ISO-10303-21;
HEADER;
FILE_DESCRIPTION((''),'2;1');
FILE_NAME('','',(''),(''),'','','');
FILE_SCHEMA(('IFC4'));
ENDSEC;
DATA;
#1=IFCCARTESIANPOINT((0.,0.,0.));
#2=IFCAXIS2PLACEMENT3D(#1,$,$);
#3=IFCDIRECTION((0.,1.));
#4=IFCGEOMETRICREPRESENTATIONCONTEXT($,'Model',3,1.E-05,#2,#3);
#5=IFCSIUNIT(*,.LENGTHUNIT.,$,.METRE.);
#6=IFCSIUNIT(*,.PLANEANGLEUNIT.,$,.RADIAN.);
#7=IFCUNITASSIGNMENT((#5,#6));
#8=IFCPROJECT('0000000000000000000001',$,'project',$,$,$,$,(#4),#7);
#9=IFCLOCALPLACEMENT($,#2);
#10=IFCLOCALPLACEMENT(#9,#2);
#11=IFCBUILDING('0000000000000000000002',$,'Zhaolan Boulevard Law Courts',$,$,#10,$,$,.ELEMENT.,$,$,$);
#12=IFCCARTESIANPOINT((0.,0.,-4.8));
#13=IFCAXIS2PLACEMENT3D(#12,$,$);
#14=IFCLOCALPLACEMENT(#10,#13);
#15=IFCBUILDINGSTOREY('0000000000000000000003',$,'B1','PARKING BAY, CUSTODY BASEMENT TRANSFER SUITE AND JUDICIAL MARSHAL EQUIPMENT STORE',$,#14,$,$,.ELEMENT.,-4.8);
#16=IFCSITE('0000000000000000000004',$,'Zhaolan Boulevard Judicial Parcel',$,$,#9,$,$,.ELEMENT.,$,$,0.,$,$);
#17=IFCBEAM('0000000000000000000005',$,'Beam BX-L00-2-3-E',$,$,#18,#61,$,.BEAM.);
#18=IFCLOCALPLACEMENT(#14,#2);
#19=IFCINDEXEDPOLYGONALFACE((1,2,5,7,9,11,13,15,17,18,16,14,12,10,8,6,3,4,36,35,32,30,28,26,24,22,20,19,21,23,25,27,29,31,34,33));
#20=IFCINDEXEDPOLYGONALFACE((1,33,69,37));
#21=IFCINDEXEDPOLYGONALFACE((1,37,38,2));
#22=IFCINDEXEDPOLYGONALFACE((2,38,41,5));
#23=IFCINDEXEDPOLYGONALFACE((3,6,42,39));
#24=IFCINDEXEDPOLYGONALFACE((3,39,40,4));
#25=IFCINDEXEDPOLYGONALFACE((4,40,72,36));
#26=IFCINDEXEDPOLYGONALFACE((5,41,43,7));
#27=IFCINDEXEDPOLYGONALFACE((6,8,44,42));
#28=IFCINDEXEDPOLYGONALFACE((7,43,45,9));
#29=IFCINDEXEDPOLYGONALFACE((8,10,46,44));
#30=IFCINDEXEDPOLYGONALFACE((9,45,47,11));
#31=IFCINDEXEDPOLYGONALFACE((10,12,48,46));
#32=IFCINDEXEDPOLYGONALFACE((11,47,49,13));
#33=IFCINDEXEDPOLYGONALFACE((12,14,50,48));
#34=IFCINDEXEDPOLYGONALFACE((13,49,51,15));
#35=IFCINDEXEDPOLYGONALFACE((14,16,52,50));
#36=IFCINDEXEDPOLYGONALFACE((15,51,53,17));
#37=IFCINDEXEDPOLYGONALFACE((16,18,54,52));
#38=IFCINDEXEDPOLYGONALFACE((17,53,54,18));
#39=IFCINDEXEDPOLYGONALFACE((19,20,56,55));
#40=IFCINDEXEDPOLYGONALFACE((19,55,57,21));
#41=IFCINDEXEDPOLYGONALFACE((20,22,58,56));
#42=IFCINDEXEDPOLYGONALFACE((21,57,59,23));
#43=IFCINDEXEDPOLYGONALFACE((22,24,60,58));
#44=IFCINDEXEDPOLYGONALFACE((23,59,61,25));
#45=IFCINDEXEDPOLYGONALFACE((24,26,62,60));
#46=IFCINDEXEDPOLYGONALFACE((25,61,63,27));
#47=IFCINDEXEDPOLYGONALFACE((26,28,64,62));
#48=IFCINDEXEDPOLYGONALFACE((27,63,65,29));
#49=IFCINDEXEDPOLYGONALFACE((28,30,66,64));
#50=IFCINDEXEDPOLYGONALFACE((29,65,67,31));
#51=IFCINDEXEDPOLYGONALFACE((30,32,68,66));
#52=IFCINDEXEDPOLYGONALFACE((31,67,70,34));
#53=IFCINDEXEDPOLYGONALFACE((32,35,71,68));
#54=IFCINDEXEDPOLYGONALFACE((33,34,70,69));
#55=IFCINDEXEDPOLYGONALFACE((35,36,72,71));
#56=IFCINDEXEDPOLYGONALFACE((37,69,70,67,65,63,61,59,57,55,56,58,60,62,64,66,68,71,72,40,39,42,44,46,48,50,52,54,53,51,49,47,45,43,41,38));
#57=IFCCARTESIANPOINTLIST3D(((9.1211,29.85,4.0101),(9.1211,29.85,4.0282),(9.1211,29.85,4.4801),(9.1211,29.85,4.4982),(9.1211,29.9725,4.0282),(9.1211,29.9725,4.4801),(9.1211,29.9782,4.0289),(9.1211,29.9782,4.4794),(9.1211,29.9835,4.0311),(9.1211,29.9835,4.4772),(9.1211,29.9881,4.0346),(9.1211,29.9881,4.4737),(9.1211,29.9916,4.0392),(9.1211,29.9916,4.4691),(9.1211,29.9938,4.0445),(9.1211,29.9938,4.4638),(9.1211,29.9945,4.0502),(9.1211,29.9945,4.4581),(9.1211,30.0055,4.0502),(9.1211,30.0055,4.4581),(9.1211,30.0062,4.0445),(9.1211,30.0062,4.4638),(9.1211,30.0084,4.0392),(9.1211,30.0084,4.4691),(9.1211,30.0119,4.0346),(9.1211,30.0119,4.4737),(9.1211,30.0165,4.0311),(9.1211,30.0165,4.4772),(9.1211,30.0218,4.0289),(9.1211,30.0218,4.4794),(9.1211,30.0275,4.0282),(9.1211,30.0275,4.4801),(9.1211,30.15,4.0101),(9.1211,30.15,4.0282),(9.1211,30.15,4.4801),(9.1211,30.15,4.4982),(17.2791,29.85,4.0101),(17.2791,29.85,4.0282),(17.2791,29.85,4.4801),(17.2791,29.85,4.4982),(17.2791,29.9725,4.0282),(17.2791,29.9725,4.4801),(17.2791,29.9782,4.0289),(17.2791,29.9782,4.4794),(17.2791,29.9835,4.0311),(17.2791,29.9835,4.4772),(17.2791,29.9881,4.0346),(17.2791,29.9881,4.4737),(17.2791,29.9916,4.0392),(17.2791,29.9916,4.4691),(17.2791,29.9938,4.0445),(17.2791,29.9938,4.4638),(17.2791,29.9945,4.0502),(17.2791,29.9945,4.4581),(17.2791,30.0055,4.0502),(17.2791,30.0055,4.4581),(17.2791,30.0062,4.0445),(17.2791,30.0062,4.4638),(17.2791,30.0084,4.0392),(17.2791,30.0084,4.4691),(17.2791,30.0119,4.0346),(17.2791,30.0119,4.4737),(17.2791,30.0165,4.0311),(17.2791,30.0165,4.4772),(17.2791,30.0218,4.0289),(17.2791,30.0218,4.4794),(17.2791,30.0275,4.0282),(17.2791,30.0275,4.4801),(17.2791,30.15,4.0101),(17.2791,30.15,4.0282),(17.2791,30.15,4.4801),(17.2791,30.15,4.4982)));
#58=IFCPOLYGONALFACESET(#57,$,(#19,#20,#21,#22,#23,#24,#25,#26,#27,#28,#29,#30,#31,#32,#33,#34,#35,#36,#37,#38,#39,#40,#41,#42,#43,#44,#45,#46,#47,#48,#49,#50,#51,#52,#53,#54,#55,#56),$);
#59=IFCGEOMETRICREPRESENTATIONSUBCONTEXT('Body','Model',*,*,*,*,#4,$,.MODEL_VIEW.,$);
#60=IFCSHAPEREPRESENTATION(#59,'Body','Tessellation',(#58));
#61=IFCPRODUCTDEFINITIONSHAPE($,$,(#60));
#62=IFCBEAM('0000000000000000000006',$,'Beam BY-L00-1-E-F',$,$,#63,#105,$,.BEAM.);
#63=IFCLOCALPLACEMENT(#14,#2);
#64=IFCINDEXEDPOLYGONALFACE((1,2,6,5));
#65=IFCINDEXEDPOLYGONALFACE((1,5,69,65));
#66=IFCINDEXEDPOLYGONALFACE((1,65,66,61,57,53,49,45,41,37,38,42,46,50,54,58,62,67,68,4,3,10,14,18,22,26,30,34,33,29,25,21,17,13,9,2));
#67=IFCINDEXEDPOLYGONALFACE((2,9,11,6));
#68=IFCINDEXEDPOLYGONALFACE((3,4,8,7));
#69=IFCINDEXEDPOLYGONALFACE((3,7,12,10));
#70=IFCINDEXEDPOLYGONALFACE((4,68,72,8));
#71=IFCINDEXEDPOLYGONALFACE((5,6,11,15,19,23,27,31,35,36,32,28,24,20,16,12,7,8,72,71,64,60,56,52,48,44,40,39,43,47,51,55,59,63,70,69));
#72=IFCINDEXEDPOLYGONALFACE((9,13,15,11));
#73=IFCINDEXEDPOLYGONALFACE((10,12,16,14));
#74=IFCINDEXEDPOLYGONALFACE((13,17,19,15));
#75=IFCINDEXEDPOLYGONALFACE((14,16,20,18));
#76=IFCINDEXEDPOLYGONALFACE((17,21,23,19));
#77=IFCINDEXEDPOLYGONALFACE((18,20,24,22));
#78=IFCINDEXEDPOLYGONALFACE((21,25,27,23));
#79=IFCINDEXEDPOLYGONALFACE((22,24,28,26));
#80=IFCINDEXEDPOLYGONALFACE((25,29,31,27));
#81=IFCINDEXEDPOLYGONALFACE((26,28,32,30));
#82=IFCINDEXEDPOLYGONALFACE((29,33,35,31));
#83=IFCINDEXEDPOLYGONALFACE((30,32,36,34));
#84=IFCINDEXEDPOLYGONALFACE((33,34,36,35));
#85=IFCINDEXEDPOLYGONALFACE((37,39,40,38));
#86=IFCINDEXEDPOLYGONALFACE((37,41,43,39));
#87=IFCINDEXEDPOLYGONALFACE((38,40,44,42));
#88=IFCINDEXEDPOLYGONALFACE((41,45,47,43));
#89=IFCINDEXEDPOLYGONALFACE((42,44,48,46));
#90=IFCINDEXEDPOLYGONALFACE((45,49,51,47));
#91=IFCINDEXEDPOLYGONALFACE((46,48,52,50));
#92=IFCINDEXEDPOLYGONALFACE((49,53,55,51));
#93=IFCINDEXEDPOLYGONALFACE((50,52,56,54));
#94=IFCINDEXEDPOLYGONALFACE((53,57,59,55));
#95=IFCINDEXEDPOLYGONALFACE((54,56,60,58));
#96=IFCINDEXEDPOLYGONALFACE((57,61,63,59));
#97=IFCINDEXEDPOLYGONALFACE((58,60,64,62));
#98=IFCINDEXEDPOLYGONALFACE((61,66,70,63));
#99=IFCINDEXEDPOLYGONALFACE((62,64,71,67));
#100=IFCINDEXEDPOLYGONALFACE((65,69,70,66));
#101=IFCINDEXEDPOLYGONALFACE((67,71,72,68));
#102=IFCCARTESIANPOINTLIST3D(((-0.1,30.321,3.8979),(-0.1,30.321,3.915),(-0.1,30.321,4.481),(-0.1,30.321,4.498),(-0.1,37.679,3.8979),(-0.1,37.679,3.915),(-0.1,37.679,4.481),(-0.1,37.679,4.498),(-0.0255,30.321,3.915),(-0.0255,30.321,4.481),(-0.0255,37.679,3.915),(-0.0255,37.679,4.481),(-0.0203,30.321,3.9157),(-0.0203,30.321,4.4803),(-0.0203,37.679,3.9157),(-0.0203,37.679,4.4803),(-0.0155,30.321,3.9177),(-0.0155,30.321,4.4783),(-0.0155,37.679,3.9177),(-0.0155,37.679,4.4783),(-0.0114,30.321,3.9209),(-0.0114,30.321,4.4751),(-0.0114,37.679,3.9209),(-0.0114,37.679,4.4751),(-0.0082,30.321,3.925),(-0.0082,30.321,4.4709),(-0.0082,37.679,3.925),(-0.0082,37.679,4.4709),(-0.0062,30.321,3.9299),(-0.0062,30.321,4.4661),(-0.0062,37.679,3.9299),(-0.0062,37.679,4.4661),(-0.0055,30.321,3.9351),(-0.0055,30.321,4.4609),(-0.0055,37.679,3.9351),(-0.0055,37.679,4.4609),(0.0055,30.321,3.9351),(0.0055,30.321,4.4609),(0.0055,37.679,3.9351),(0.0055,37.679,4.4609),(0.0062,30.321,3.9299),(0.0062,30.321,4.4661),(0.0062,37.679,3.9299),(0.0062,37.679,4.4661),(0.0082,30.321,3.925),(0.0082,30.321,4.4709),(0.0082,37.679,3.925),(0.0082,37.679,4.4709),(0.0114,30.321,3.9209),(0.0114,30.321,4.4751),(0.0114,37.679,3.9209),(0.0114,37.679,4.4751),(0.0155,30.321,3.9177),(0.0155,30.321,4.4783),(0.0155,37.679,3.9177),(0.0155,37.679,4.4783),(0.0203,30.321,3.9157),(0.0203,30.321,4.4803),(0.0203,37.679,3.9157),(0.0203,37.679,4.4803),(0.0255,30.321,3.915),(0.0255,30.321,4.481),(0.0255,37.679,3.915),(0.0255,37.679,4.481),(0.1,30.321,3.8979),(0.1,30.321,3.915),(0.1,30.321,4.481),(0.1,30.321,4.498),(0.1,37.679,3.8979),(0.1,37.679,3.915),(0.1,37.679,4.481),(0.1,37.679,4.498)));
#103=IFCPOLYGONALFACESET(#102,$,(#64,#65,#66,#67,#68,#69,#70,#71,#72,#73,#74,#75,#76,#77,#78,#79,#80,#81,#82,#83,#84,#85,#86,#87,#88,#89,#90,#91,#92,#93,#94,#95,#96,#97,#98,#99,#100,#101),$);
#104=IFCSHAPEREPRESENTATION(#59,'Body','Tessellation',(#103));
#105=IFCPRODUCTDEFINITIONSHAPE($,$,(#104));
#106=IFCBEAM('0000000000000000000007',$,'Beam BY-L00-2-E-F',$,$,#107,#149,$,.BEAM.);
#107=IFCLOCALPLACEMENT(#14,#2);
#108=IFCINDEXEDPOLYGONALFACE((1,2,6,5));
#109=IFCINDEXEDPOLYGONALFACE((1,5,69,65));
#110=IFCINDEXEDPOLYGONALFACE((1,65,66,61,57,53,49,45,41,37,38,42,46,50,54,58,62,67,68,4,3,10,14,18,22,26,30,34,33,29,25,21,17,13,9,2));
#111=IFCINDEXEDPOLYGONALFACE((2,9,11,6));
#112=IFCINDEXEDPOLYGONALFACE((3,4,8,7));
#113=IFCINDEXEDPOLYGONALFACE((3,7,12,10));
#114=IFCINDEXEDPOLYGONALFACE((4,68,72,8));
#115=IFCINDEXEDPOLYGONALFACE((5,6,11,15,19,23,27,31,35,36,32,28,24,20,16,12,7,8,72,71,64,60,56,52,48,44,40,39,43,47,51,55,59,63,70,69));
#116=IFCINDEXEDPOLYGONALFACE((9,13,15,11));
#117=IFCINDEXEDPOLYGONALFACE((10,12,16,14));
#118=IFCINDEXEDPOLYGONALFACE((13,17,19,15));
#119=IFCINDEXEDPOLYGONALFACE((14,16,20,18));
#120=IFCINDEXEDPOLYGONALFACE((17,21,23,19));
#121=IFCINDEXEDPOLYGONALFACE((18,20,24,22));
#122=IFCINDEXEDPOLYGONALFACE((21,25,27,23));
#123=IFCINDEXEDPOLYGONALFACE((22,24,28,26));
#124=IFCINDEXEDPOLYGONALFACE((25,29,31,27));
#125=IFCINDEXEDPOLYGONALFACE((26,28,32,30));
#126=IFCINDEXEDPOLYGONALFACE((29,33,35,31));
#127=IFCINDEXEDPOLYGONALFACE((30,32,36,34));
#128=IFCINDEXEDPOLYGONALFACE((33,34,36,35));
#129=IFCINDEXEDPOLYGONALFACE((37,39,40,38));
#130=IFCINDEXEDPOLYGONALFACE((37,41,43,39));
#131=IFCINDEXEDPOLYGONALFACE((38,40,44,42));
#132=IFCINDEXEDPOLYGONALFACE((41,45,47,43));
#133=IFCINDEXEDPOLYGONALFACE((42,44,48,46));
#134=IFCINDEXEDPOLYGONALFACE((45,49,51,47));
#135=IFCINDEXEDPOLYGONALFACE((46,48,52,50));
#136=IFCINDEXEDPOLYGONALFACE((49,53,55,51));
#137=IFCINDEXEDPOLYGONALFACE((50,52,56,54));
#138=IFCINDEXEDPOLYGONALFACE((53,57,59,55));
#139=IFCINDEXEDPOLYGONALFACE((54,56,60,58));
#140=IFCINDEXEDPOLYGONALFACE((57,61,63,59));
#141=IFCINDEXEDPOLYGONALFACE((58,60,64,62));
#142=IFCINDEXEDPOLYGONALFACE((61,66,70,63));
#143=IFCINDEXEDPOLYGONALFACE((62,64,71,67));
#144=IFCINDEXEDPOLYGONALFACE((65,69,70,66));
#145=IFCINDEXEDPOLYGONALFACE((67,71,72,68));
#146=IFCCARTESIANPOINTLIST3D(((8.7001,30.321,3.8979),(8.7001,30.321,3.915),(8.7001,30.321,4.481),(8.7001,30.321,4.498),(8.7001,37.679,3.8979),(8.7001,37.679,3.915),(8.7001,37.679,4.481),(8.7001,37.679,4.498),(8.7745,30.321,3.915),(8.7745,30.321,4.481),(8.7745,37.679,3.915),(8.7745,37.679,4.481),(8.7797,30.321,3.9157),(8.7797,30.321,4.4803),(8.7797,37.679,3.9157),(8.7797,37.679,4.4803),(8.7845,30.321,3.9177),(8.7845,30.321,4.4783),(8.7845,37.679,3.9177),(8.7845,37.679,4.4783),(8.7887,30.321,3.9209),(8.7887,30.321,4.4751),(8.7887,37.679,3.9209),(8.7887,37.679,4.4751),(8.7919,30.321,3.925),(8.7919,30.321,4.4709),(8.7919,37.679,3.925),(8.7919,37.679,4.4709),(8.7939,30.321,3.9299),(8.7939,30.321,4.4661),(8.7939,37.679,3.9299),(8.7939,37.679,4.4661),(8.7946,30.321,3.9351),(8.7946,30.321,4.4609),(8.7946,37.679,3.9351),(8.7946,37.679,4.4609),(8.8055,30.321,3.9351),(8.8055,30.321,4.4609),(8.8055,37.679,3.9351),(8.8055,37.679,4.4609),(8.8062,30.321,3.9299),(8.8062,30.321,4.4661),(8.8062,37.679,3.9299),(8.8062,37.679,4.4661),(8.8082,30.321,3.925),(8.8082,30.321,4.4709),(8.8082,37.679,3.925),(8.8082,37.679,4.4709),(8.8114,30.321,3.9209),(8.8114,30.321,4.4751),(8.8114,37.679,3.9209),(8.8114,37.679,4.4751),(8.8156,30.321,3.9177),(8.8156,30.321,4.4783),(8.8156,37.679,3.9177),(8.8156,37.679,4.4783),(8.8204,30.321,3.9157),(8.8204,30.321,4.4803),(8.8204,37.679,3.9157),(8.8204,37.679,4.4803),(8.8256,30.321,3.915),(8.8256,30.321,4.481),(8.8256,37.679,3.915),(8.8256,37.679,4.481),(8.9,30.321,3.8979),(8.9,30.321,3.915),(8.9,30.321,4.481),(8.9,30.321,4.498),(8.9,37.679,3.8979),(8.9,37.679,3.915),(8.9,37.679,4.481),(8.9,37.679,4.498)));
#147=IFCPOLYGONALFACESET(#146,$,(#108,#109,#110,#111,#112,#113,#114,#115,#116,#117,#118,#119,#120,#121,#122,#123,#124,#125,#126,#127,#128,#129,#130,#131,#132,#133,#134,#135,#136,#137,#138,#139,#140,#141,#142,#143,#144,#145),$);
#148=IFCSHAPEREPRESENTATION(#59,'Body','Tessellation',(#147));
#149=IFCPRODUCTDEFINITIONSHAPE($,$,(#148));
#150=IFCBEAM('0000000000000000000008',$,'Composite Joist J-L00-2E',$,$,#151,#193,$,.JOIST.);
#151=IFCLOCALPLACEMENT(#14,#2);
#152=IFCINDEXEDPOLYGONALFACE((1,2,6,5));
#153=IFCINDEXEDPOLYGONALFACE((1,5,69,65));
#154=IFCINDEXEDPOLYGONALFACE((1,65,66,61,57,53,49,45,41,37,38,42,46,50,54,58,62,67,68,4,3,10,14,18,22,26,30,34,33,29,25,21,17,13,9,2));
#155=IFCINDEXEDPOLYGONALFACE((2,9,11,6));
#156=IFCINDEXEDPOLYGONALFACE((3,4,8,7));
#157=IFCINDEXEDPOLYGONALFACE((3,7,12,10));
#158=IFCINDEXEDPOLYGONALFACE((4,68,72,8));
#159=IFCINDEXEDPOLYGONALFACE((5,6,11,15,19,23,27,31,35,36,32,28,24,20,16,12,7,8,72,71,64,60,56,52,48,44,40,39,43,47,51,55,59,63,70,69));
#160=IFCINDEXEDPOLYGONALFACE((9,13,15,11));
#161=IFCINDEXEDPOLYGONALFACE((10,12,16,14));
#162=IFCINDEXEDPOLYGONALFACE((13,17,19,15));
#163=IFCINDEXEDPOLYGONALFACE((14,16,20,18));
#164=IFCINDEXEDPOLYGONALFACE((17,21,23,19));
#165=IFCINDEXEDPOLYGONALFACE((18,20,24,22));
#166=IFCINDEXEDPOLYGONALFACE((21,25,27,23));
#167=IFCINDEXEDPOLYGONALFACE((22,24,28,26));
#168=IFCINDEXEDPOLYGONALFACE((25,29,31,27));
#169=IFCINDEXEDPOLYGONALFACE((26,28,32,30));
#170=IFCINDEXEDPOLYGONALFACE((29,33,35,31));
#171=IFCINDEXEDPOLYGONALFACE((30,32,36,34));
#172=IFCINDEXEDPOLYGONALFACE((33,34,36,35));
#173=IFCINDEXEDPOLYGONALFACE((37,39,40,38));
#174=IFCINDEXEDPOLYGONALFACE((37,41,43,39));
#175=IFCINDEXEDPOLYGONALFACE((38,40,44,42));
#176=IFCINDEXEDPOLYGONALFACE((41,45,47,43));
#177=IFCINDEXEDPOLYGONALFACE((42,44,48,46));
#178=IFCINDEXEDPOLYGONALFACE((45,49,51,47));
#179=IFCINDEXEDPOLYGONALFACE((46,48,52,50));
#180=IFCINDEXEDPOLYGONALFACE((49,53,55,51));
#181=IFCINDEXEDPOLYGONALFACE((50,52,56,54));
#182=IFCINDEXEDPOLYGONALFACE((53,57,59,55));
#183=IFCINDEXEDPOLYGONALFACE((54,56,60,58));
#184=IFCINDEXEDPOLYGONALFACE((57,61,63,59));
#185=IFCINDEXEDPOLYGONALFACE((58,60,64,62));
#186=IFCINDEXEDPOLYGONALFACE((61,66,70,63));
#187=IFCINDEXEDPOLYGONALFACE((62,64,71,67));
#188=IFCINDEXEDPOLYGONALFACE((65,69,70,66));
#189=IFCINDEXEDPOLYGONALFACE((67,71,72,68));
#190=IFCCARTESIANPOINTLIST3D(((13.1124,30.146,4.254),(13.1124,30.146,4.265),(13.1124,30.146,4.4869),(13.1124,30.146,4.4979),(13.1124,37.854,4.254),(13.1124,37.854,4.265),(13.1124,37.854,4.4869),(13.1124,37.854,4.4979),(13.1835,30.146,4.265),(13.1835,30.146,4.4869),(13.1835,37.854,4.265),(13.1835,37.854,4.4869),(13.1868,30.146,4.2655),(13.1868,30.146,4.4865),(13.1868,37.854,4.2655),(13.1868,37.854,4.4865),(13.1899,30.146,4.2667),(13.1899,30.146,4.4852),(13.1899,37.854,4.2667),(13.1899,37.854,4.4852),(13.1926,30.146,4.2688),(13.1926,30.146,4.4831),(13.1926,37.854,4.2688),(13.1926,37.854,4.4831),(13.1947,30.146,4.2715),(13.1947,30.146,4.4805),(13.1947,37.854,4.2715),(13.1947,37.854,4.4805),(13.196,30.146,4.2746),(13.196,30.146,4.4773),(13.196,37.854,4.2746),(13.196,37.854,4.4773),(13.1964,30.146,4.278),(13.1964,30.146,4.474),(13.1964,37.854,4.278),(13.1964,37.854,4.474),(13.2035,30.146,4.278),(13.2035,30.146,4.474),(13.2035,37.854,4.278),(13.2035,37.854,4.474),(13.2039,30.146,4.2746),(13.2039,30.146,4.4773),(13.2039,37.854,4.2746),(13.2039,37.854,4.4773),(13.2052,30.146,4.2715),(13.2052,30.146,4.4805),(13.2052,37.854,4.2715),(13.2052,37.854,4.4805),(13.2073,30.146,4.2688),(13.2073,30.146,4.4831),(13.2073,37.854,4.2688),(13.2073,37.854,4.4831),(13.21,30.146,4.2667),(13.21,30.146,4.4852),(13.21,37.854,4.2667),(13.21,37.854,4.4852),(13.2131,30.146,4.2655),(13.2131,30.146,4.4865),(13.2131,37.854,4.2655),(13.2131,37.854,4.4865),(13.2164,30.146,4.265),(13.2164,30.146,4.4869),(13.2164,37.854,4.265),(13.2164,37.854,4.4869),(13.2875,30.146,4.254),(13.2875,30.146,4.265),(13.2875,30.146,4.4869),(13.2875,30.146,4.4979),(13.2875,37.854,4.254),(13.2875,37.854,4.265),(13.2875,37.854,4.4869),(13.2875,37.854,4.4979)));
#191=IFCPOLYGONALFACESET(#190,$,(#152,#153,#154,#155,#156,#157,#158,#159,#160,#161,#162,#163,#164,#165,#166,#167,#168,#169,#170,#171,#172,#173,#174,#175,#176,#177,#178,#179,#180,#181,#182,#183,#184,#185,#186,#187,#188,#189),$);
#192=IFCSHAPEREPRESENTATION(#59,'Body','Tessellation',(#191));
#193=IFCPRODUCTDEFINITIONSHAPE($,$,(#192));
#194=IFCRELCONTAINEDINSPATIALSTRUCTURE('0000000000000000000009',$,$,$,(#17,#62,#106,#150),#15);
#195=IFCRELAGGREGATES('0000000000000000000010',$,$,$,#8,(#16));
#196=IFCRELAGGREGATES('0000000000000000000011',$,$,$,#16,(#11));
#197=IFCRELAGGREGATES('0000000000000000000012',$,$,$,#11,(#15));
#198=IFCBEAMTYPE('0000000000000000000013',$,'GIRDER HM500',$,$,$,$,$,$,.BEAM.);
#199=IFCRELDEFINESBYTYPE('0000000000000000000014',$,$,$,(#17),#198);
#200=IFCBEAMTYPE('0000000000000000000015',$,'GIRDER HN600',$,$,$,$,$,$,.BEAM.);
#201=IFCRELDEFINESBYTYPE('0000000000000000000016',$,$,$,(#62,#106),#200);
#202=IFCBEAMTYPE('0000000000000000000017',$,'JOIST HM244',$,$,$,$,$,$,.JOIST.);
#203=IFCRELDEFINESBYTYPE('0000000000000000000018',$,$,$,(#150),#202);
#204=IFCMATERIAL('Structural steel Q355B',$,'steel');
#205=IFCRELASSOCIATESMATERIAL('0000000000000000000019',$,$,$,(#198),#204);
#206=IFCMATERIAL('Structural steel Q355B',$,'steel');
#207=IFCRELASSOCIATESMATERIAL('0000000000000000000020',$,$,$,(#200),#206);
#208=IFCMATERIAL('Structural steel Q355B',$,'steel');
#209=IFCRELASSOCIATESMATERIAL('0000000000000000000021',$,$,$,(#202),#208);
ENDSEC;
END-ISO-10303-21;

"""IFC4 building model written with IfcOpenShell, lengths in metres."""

from ifc_helpers import new_model, si_unit, direction, frame, origin, origin_2d, place, context, subcontext, project, spatial, i_section, extrude, material, material_profile, profile_set, type_object, element, save


model = new_model("IFC4")

# Units and contexts
model_context = context("Model", 3, precision=1e-05, world=origin(), true_north=direction((0.0, 1.0)))
body_context = subcontext(model_context, "Body", "Model", "MODEL_VIEW")
ifc_project = project(units=[si_unit("LENGTHUNIT", "METRE"), si_unit("PLANEANGLEUNIT", "RADIAN")], contexts=[model_context])

# Site, building, storey
site_placement = place(None, origin())
site = spatial("IfcSite", under=ifc_project, at=site_placement, Name="Zhaolan Boulevard Judicial Parcel", CompositionType="ELEMENT", RefElevation=0.0)
building_placement = place(site_placement, origin())
building = spatial("IfcBuilding", under=site, at=building_placement, Name="Zhaolan Boulevard Law Courts", CompositionType="ELEMENT")
storey_placement = place(building_placement, frame((0.0, 0.0, -4.8)))
storey = spatial("IfcBuildingStorey", under=building, at=storey_placement, Name="B1", Description="PARKING BAY, CUSTODY BASEMENT TRANSFER SUITE AND JUDICIAL MARSHAL EQUIPMENT STORE", CompositionType="ELEMENT", Elevation=-4.8)

# Beams
ifc_material_1 = material(Name="Structural steel Q355B", Category="steel")
ifc_material_profile_1 = material_profile(ifc_material_1, i_section(OverallWidth=0.3, OverallDepth=0.488, WebThickness=0.011, FlangeThickness=0.0181, FilletRadius=0.022, at=origin_2d()), Name="HM488x300")
ifc_profile_set_1 = profile_set([ifc_material_profile_1], Name="Structural steel Q355B")
beam_type_1 = type_object("IfcBeamType", Name="GIRDER HM500", PredefinedType="BEAM", material=ifc_profile_set_1)
for number, where, z_axis, x_axis, name in (
    (1, (9.1211, 30.0, 4.2542), (1.0, 0.0, 0.0), (0.0, 1.0, 0.0), "Beam BX-L00-2-3-E"),
):
    element("IfcBeam", number, at=place(storey_placement, frame(where, z_axis=z_axis, x_axis=x_axis)), inside=storey, type_object=beam_type_1, Name=name, PredefinedType="BEAM", context=body_context, shape_type="SweptSolid", body=[
        extrude(i_section(OverallWidth=0.3, OverallDepth=0.488, WebThickness=0.011, FlangeThickness=0.0181, FilletRadius=0.022, at=origin_2d()), origin(), (0.0, 0.0, 1.0), 8.158),
    ])
ifc_material_2 = material(Name="Structural steel Q355B", Category="steel")
ifc_material_profile_2 = material_profile(ifc_material_2, i_section(OverallWidth=0.2, OverallDepth=0.6001, WebThickness=0.011, FlangeThickness=0.0171, FilletRadius=0.02, at=origin_2d()), Name="HN600x200")
ifc_profile_set_2 = profile_set([ifc_material_profile_2], Name="Structural steel Q355B")
beam_type_2 = type_object("IfcBeamType", Name="GIRDER HN600", PredefinedType="BEAM", material=ifc_profile_set_2)
for number, where, z_axis, x_axis, name in (
    (2, (0.0, 30.321, 4.198), (0.0, 1.0, 0.0), (-1.0, 0.0, 0.0), "Beam BY-L00-1-E-F"),
    (3, (8.8, 30.321, 4.198), (0.0, 1.0, 0.0), (-1.0, 0.0, 0.0), "Beam BY-L00-2-E-F"),
):
    element("IfcBeam", number, at=place(storey_placement, frame(where, z_axis=z_axis, x_axis=x_axis)), inside=storey, type_object=beam_type_2, Name=name, PredefinedType="BEAM", context=body_context, shape_type="SweptSolid", body=[
        extrude(i_section(OverallWidth=0.2, OverallDepth=0.6001, WebThickness=0.011, FlangeThickness=0.0171, FilletRadius=0.02, at=origin_2d()), origin(), (0.0, 0.0, 1.0), 7.3579),
    ])
ifc_material_3 = material(Name="Structural steel Q355B", Category="steel")
ifc_material_profile_3 = material_profile(ifc_material_3, i_section(OverallWidth=0.175, OverallDepth=0.2439, WebThickness=0.0071, FlangeThickness=0.011, FilletRadius=0.0129, at=origin_2d()), Name="HM244x175")
ifc_profile_set_3 = profile_set([ifc_material_profile_3], Name="Structural steel Q355B")
beam_type_3 = type_object("IfcBeamType", Name="JOIST HM244", PredefinedType="JOIST", material=ifc_profile_set_3)
beam_1_placement = place(storey_placement, frame((13.2, 30.146, 4.376), z_axis=(0.0, 1.0, 0.0), x_axis=(-1.0, 0.0, 0.0)))
element("IfcBeam", 4, at=beam_1_placement, inside=storey, type_object=beam_type_3, Name="Composite Joist J-L00-2E", PredefinedType="JOIST", context=body_context, shape_type="SweptSolid", body=[
    extrude(i_section(OverallWidth=0.175, OverallDepth=0.2439, WebThickness=0.0071, FlangeThickness=0.011, FilletRadius=0.0129, at=origin_2d()), origin(), (0.0, 0.0, 1.0), 7.708),
])

save(model, "model.ifc")
